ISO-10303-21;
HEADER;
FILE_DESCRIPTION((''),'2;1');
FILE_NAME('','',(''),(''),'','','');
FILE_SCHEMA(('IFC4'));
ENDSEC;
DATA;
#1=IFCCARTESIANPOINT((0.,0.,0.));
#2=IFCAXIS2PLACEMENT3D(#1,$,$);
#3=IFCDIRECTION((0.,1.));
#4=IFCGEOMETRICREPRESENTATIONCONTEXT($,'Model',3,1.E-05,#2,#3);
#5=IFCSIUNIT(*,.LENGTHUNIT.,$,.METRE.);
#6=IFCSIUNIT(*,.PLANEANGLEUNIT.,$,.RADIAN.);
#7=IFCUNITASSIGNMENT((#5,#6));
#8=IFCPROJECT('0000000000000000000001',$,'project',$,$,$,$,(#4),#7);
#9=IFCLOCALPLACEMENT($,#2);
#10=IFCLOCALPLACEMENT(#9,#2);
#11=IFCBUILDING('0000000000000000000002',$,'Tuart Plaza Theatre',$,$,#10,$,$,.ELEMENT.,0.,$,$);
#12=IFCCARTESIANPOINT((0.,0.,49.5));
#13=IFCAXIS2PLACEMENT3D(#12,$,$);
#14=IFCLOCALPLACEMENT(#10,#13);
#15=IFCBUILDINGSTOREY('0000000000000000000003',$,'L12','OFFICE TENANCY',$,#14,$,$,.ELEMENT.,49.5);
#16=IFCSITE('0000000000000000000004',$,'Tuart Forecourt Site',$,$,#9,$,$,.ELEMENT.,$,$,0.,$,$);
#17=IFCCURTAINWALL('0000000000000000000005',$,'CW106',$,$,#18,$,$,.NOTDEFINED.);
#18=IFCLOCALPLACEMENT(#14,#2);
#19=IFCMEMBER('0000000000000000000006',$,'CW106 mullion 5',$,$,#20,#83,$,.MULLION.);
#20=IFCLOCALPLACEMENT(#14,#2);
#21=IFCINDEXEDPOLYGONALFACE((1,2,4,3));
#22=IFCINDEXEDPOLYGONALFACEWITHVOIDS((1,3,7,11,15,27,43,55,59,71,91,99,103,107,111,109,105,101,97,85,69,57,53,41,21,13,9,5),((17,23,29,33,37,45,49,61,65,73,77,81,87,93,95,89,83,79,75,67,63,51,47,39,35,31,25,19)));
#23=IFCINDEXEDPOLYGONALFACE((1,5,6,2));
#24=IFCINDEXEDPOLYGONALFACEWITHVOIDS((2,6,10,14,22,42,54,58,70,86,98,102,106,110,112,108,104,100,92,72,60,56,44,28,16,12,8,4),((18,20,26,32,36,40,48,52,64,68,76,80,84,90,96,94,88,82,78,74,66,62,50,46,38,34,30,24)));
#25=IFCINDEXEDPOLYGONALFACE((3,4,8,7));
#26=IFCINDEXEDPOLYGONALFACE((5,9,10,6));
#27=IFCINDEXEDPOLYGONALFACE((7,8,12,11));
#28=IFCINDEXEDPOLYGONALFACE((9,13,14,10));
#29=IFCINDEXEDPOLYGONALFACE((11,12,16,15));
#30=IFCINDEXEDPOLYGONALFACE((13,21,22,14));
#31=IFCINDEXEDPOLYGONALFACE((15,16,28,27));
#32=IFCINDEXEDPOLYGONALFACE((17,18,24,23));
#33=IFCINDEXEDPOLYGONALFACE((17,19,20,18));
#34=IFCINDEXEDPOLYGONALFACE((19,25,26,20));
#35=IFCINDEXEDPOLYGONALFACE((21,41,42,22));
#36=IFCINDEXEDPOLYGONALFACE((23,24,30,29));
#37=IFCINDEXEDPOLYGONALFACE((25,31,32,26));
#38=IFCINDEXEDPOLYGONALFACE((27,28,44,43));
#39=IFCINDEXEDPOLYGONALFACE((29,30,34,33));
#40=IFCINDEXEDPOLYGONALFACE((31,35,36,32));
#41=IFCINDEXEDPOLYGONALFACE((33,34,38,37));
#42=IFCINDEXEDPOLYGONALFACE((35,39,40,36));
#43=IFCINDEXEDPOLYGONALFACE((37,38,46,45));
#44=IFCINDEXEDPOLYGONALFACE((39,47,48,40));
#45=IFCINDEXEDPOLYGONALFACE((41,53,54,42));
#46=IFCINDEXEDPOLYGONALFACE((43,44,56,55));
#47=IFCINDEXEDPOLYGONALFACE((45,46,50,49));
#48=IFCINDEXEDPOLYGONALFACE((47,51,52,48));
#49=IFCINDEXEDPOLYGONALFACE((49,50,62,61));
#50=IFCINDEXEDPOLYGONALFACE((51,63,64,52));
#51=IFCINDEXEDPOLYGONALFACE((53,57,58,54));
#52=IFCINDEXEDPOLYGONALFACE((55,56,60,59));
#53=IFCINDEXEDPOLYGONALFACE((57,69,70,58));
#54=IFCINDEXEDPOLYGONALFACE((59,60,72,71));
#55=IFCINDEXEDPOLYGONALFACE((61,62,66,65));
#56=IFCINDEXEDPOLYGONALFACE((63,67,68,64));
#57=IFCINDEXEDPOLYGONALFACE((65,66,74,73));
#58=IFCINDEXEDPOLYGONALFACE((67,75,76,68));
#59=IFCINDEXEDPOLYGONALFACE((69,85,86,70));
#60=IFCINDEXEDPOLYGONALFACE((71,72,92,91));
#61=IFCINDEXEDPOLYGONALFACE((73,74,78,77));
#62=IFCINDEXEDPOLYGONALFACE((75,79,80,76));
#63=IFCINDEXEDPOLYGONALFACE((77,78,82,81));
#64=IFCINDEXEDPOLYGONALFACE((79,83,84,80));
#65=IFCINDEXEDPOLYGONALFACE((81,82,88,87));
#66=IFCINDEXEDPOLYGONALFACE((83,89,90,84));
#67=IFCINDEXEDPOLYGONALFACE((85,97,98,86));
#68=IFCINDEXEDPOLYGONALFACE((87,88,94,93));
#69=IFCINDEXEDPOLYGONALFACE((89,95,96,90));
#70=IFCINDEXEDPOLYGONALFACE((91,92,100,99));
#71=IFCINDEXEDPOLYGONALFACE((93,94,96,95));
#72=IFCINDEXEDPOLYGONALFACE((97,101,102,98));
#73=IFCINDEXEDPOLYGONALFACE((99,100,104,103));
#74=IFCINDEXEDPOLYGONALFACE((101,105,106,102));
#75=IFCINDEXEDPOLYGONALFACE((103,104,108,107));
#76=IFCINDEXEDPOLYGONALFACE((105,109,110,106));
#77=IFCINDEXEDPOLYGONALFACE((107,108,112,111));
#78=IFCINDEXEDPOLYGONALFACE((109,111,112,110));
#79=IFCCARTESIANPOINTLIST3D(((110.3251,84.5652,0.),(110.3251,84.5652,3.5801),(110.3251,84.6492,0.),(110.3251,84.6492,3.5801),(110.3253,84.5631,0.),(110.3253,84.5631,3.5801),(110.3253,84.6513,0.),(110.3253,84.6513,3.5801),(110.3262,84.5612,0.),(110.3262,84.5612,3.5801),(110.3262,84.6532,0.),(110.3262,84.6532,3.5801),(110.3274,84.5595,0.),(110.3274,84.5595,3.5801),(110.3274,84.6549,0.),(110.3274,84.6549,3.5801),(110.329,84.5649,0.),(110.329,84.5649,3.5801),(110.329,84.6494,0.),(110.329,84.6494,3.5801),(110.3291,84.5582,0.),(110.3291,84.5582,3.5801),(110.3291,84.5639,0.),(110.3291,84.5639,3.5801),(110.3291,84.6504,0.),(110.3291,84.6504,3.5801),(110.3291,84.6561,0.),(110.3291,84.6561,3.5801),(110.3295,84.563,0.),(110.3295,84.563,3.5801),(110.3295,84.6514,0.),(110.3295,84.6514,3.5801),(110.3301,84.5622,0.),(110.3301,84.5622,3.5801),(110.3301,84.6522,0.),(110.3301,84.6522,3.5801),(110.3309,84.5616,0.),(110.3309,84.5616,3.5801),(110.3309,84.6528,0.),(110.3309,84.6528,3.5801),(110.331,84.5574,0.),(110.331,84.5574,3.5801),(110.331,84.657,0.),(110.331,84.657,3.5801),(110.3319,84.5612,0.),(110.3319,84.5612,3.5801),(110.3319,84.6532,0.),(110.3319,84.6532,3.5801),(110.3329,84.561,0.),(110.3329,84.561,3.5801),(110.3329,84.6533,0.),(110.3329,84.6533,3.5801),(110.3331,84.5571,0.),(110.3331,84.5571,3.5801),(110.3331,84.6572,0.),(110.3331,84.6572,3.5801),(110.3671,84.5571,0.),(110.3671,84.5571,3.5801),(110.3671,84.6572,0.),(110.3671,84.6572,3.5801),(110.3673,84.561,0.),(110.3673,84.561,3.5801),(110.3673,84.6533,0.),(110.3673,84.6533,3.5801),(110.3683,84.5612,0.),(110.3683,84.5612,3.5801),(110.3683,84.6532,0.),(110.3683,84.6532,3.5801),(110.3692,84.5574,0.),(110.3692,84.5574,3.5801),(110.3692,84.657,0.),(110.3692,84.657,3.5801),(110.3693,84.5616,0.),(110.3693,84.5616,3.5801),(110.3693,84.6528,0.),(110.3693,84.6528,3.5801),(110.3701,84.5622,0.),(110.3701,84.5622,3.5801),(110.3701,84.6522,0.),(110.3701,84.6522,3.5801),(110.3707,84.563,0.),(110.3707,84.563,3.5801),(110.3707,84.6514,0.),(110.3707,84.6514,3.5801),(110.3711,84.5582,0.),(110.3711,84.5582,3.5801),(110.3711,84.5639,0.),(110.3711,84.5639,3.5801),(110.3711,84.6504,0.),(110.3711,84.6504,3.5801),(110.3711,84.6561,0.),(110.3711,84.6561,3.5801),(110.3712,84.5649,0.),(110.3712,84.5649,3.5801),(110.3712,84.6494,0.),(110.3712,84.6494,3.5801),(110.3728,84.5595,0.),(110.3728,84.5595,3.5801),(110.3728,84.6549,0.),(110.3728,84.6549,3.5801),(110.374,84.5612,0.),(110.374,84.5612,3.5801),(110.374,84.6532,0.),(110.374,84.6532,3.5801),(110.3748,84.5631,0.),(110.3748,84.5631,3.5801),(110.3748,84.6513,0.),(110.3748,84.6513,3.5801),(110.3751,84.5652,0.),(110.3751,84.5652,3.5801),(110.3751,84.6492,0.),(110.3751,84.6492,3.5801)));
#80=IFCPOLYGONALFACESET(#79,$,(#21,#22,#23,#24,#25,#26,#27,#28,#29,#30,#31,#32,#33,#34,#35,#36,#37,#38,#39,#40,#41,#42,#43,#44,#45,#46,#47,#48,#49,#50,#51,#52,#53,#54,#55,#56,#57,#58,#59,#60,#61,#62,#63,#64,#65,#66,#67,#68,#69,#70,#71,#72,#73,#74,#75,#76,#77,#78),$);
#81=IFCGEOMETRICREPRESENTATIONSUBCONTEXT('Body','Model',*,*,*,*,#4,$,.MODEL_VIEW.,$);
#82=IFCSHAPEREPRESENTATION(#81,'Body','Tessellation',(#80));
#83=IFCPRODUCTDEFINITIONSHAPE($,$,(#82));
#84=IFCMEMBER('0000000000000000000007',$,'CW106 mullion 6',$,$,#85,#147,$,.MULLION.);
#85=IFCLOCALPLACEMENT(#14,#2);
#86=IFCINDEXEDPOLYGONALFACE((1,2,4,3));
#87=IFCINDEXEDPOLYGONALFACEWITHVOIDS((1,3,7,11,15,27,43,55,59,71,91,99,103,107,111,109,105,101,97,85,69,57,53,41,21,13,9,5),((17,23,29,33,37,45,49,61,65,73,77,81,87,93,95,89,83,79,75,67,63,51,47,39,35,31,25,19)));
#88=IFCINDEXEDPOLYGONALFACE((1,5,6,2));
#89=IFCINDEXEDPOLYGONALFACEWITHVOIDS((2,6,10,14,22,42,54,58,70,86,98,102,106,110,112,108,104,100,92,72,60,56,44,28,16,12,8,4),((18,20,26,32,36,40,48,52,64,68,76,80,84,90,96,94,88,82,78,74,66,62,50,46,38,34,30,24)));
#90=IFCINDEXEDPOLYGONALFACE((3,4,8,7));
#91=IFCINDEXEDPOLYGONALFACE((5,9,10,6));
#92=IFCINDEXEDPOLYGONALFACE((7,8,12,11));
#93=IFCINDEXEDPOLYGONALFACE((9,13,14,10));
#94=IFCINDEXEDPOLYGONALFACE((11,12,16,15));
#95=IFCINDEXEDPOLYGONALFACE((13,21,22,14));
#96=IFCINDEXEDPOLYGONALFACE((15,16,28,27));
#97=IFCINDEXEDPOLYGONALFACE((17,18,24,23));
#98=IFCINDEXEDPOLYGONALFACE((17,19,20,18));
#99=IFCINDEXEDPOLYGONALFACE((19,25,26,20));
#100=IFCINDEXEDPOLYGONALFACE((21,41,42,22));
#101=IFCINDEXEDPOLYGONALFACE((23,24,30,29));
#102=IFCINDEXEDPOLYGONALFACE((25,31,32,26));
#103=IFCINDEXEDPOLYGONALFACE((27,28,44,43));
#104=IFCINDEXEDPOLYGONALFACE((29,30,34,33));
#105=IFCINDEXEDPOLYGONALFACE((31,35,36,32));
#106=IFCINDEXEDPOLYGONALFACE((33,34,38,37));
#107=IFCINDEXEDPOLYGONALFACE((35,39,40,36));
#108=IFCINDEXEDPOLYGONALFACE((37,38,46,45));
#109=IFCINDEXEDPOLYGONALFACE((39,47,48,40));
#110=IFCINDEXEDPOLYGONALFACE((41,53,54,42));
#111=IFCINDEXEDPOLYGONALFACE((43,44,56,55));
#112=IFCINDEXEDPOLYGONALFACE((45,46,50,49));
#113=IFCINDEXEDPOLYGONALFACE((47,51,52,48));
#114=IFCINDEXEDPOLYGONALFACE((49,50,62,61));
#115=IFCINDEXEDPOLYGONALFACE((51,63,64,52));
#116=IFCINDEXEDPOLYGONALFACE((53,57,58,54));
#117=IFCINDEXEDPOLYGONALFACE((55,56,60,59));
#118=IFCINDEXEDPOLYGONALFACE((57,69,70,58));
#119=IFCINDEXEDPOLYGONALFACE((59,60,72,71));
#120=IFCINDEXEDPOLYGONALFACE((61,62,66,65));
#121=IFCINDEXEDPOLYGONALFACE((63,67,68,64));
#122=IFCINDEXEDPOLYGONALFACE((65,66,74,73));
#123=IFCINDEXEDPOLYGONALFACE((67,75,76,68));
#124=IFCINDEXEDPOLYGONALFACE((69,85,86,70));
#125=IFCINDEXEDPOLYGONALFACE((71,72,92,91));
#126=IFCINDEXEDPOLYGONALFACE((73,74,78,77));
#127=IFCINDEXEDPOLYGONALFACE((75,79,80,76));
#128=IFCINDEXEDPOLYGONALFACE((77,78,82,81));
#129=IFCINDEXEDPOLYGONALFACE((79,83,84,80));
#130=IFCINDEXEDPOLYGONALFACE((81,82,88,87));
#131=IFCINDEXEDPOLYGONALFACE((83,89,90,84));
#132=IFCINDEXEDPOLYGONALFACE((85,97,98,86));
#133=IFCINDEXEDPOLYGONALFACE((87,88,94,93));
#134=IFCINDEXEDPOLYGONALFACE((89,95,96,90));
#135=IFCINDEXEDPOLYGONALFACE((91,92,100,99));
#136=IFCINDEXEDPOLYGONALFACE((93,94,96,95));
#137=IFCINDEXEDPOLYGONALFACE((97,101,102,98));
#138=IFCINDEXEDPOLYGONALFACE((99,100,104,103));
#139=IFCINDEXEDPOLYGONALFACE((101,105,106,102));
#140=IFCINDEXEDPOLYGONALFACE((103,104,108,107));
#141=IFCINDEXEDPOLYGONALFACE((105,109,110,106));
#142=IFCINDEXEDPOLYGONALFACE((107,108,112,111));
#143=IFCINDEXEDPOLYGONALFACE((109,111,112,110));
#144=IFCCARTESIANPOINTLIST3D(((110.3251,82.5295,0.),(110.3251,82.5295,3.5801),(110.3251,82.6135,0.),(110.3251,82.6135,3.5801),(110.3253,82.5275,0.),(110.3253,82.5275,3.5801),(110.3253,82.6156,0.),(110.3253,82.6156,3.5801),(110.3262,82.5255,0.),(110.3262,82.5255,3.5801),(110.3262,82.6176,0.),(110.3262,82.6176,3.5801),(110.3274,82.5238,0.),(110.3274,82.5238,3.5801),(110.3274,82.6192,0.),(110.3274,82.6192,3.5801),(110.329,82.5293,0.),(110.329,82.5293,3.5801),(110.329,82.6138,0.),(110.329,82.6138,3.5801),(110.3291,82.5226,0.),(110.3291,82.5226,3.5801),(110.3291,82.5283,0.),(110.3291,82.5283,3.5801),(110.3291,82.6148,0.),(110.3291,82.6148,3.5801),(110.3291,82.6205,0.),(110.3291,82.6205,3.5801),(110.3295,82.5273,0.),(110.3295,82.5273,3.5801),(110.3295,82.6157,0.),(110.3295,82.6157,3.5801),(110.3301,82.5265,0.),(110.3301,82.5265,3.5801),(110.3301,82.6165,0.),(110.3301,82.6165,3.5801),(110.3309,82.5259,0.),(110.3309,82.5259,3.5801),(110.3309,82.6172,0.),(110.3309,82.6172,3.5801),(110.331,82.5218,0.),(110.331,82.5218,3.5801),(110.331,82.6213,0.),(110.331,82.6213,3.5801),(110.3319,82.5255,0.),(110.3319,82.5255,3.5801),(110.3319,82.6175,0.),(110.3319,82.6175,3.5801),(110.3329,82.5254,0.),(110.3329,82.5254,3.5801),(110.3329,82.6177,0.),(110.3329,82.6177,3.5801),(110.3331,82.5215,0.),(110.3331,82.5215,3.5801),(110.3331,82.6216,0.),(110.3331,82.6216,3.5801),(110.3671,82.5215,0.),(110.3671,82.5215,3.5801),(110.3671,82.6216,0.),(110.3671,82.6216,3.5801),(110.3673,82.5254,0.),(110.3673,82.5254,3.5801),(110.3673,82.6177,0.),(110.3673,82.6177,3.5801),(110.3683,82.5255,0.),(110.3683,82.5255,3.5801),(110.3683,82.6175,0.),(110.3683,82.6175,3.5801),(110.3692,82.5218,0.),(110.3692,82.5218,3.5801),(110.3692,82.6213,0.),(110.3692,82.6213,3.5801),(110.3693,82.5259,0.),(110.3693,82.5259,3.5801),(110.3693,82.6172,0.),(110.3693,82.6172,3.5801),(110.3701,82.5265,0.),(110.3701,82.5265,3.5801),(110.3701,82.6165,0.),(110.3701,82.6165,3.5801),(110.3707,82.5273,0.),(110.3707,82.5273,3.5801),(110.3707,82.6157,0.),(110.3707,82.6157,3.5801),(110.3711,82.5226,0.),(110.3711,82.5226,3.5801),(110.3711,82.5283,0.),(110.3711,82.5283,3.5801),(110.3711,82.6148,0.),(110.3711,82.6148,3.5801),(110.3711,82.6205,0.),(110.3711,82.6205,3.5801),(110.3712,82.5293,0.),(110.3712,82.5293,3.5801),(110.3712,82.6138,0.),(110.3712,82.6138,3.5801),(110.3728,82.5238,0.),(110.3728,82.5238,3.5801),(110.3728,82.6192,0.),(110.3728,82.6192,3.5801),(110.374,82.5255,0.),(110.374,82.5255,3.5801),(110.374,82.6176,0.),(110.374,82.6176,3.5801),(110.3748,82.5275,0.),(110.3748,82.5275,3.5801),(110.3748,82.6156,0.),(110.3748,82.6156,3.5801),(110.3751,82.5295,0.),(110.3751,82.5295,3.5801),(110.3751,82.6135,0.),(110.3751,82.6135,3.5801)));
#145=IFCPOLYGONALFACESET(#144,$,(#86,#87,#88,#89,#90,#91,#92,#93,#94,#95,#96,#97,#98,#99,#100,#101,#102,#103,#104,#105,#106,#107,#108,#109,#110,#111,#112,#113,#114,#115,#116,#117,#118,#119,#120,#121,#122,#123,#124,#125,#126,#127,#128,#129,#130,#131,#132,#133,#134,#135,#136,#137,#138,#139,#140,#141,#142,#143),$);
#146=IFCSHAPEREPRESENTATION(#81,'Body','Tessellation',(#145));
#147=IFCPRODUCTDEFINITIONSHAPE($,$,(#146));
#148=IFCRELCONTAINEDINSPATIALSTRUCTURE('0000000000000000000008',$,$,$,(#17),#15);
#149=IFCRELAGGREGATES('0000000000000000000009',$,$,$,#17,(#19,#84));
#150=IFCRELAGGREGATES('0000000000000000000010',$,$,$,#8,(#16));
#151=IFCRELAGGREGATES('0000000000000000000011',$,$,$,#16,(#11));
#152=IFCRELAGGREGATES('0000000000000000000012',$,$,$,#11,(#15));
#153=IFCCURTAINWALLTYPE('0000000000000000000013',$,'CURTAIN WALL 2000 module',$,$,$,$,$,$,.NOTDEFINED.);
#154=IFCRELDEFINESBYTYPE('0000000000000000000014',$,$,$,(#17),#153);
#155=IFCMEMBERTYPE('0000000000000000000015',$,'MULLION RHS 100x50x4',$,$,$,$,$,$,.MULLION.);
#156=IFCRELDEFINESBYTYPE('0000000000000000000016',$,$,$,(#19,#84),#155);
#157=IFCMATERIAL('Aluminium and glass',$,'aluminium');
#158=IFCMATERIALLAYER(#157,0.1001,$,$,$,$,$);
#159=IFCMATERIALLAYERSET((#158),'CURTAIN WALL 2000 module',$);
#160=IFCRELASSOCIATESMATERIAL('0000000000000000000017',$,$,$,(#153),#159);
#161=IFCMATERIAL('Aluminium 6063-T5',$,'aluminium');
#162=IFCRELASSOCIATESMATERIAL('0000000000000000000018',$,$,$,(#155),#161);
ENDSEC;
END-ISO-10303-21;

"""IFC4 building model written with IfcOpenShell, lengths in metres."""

from ifc_helpers import new_model, si_unit, direction, frame, origin, origin_2d, place, context, subcontext, project, spatial, hollow_rectangle, extrude, material, layer, layer_set, material_profile, profile_set, type_object, element, aggregate, save


model = new_model("IFC4")

# Units and contexts
model_context = context("Model", 3, precision=1e-05, world=origin(), true_north=direction((0.0, 1.0)))
body_context = subcontext(model_context, "Body", "Model", "MODEL_VIEW")
ifc_project = project(units=[si_unit("LENGTHUNIT", "METRE"), si_unit("PLANEANGLEUNIT", "RADIAN")], contexts=[model_context])

# Site, building, storey
site_placement = place(None, origin())
site = spatial("IfcSite", under=ifc_project, at=site_placement, Name="Tuart Forecourt Site", CompositionType="ELEMENT", RefElevation=0.0)
building_placement = place(site_placement, origin())
building = spatial("IfcBuilding", under=site, at=building_placement, Name="Tuart Plaza Theatre", CompositionType="ELEMENT", ElevationOfRefHeight=0.0)
storey_placement = place(building_placement, frame((0.0, 0.0, 49.5)))
storey = spatial("IfcBuildingStorey", under=building, at=storey_placement, Name="L12", Description="OFFICE TENANCY", CompositionType="ELEMENT", Elevation=49.5)

# Curtain wall, members
ifc_material_1 = material(Name="Aluminium and glass", Category="aluminium")
ifc_layer_1 = layer(ifc_material_1, 0.1001)
ifc_layer_set_1 = layer_set([ifc_layer_1], Name="CURTAIN WALL 2000 module")
curtain_wall_type = type_object("IfcCurtainWallType", Name="CURTAIN WALL 2000 module", PredefinedType="NOTDEFINED", material=ifc_layer_set_1)
curtain_wall_placement = place(storey_placement, origin())
curtain_wall = element("IfcCurtainWall", 1, at=curtain_wall_placement, inside=storey, type_object=curtain_wall_type, Name="CW106", PredefinedType="NOTDEFINED")
ifc_material_2 = material(Name="Aluminium 6063-T5", Category="aluminium")
ifc_material_profile_1 = material_profile(ifc_material_2, hollow_rectangle(XDim=0.05, YDim=0.1001, WallThickness=0.0039, InnerFilletRadius=0.0039, OuterFilletRadius=0.0081, at=origin_2d()), Name="RHS 100x50x4")
ifc_profile_set_1 = profile_set([ifc_material_profile_1], Name="Aluminium 6063-T5")
member_type_1 = type_object("IfcMemberType", Name="MULLION RHS 100x50x4", PredefinedType="MULLION", material=ifc_profile_set_1)
member_1_placement = place(storey_placement, frame((110.3501, 84.6072, 0.0), z_axis=(0.0, 0.0, 1.0), x_axis=(1.0, 0.0, 0.0)))
member_1 = element("IfcMember", 2, at=member_1_placement, type_object=member_type_1, Name="CW106 mullion 5", PredefinedType="MULLION", context=body_context, shape_type="SweptSolid", body=[
    extrude(hollow_rectangle(XDim=0.05, YDim=0.1001, WallThickness=0.0039, InnerFilletRadius=0.0039, OuterFilletRadius=0.0081, at=origin_2d()), origin(), (0.0, 0.0, 1.0), 3.5801),
])
member_2_placement = place(storey_placement, frame((110.3501, 82.5715, 0.0), z_axis=(0.0, 0.0, 1.0), x_axis=(1.0, 0.0, 0.0)))
member_2 = element("IfcMember", 3, at=member_2_placement, type_object=member_type_1, Name="CW106 mullion 6", PredefinedType="MULLION", context=body_context, shape_type="SweptSolid", body=[
    extrude(hollow_rectangle(XDim=0.05, YDim=0.1001, WallThickness=0.0039, InnerFilletRadius=0.0039, OuterFilletRadius=0.0081, at=origin_2d()), origin(), (0.0, 0.0, 1.0), 3.5801),
])
aggregate(curtain_wall, [member_1, member_2])

save(model, "model.ifc")
